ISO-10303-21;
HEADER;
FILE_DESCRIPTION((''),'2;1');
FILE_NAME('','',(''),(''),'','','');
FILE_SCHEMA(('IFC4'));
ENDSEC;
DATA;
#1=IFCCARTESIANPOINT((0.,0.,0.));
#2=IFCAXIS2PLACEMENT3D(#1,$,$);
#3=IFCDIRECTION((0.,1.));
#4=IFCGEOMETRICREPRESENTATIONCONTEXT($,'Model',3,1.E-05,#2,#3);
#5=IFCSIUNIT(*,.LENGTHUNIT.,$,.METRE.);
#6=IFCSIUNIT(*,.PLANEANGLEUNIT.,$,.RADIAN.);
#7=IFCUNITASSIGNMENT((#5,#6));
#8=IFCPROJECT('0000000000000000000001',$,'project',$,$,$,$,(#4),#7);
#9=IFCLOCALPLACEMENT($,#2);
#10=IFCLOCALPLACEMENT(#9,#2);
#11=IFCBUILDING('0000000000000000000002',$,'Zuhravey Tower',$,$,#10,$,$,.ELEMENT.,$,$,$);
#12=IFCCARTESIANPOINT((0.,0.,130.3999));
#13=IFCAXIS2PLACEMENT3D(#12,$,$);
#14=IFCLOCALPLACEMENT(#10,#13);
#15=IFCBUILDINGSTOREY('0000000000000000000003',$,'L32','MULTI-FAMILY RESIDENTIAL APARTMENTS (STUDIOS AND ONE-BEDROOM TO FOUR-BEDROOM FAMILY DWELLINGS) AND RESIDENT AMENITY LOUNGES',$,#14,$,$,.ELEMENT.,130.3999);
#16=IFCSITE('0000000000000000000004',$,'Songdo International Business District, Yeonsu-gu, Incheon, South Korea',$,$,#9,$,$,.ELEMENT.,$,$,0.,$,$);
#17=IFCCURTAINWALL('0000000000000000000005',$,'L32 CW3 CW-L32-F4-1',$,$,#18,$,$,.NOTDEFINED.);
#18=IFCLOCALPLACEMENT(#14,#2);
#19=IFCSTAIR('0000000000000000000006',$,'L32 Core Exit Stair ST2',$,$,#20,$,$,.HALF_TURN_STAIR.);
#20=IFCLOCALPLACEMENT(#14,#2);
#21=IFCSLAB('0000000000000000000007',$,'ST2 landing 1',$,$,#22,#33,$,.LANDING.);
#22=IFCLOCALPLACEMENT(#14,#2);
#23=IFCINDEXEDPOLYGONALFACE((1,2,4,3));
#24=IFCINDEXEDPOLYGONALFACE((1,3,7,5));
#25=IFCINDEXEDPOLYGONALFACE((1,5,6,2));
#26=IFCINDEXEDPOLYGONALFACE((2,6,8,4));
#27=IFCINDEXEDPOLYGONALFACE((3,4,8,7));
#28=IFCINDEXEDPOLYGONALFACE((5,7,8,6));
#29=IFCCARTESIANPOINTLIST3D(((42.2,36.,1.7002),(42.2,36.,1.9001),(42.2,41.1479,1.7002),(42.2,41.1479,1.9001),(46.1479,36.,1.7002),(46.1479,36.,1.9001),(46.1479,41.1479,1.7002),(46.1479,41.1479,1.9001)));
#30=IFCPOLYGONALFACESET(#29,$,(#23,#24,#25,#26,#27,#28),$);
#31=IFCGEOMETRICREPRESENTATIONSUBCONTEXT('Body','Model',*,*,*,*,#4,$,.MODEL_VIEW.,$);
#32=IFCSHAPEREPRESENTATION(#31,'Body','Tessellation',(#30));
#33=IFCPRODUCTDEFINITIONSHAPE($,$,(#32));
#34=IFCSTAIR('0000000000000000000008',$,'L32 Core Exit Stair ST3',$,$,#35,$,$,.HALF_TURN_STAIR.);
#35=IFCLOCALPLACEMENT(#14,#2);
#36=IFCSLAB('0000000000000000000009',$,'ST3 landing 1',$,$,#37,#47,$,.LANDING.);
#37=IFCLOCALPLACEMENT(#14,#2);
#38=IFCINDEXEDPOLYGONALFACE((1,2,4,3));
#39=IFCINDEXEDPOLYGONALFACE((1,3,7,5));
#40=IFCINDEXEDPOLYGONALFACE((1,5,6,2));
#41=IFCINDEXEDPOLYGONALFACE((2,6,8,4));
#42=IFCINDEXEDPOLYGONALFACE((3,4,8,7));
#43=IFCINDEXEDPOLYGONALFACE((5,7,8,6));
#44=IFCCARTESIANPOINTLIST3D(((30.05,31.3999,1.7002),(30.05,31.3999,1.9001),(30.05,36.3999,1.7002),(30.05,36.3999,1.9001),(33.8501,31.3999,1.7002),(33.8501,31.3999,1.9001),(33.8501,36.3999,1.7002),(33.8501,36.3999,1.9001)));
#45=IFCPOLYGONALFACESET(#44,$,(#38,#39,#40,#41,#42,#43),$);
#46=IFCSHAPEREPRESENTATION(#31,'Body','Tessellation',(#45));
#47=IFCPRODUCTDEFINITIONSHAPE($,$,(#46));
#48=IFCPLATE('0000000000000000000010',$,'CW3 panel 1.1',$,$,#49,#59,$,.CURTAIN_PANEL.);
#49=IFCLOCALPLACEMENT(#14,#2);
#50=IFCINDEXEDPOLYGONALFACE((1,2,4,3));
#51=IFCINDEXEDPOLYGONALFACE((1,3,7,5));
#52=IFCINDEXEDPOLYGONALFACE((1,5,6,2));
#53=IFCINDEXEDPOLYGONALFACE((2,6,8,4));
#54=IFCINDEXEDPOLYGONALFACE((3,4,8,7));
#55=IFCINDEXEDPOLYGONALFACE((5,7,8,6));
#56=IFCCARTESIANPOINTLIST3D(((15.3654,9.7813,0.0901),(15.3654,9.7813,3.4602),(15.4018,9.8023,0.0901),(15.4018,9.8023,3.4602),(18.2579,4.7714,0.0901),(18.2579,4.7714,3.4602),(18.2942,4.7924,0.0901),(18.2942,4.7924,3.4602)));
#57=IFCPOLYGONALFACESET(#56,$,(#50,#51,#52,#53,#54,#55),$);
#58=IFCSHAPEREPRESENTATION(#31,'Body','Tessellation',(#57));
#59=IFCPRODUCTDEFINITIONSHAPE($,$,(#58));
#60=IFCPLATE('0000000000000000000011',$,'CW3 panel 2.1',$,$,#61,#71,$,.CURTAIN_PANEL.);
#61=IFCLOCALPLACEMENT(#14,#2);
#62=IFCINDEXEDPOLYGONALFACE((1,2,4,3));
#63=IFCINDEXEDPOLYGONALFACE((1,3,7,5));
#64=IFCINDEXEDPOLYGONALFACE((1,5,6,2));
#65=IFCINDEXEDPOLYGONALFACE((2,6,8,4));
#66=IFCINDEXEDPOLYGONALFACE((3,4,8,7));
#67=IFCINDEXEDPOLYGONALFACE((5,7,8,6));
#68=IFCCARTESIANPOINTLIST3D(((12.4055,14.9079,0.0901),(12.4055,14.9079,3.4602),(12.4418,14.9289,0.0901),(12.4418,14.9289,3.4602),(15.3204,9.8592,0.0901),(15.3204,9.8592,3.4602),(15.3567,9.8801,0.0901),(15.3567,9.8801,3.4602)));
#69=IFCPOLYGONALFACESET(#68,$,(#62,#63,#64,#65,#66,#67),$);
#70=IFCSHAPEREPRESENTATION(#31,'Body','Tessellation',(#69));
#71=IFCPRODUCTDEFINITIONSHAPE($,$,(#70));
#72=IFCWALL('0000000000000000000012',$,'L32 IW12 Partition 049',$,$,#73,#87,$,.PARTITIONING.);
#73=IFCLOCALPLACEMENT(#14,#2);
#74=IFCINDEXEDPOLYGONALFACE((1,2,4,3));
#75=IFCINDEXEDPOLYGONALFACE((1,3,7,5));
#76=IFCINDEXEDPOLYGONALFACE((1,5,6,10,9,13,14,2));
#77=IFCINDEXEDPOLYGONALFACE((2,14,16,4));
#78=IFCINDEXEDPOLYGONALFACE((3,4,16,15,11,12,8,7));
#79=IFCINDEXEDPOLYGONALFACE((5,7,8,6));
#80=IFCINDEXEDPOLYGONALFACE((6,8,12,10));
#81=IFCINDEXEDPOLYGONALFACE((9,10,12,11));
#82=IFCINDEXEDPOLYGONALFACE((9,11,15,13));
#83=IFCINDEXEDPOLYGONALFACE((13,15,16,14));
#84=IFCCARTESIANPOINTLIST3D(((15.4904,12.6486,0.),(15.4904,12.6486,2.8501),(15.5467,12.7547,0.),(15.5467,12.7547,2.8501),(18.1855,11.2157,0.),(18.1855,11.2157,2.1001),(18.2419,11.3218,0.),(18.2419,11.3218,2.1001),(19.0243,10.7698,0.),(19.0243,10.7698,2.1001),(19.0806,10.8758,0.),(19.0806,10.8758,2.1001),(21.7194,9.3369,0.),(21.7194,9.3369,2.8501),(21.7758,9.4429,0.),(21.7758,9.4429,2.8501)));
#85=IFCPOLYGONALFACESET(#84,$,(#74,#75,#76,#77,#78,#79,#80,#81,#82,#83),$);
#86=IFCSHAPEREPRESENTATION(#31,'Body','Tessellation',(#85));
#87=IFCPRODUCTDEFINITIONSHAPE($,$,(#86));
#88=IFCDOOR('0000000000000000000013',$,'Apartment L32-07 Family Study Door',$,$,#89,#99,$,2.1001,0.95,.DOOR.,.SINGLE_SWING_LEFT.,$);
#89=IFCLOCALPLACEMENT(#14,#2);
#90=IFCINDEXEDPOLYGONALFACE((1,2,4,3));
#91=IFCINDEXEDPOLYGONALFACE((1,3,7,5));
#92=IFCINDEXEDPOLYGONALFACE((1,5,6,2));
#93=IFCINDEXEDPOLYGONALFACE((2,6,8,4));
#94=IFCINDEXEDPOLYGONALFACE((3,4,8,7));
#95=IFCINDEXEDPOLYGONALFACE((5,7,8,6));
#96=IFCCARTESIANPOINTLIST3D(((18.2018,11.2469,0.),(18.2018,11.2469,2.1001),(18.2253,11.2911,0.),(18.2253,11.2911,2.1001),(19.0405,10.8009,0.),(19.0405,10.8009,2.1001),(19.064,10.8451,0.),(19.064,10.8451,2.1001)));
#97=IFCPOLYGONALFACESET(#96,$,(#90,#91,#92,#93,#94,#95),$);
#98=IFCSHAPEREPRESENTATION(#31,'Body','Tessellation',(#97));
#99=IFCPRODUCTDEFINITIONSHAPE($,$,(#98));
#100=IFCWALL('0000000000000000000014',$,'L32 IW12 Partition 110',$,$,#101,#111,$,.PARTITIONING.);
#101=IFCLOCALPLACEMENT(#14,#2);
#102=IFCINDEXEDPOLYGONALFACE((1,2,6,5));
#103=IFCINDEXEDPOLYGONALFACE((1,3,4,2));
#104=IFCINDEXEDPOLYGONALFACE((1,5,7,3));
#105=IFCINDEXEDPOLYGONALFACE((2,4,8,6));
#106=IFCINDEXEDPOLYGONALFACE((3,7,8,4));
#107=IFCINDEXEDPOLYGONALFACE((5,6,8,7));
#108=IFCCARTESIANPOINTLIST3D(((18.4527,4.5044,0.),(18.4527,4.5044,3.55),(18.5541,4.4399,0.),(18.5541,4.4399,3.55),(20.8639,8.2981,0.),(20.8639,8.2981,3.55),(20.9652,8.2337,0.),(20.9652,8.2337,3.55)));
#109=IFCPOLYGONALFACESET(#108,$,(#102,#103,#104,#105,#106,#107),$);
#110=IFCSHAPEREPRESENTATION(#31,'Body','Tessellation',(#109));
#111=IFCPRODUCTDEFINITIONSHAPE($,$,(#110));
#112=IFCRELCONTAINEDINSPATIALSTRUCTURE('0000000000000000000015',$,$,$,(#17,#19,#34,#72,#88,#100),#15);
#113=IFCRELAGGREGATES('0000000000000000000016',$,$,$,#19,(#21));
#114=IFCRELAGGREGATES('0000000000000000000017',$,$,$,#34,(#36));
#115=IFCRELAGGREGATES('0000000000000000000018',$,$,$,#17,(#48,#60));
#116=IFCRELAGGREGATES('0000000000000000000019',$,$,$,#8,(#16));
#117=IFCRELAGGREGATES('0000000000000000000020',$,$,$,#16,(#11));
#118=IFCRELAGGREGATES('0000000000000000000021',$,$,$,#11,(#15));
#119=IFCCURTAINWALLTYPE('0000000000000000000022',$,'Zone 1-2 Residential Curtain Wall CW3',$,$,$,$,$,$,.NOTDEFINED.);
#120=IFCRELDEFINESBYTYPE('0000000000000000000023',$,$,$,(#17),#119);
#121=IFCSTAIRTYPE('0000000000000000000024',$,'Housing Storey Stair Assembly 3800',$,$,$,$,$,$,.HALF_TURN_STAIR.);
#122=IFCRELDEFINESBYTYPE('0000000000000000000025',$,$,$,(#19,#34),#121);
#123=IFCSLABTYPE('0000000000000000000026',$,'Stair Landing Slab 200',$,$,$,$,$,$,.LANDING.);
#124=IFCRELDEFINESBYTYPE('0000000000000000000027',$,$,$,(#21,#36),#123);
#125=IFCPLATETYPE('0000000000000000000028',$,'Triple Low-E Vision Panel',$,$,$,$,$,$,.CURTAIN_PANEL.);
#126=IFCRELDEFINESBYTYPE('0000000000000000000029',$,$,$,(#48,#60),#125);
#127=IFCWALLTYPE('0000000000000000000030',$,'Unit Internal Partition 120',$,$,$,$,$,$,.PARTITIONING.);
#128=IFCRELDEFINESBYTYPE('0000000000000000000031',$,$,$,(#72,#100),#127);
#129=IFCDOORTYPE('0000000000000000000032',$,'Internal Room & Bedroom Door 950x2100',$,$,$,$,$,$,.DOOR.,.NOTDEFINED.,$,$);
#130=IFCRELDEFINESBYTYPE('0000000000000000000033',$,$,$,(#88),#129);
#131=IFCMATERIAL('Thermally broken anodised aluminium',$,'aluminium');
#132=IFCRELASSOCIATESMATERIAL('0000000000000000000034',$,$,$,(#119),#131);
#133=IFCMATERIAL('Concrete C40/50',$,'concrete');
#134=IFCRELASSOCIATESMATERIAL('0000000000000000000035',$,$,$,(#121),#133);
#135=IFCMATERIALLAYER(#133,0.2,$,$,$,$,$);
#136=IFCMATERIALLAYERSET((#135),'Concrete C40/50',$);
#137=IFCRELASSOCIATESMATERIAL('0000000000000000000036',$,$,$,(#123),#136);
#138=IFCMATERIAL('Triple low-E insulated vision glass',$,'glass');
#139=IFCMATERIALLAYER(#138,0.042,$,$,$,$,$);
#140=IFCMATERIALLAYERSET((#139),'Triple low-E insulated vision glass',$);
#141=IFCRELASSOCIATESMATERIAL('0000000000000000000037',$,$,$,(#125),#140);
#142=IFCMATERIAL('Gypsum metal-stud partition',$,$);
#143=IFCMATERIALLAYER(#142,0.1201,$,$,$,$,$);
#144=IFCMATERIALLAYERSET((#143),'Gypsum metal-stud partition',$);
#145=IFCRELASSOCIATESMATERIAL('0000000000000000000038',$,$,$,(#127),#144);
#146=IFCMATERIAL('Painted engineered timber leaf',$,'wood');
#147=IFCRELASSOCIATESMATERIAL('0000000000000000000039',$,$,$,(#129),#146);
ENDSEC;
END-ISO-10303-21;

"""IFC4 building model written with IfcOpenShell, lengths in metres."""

from ifc_helpers import new_model, si_unit, direction, frame, frame_2d, origin, origin_2d, place, context, subcontext, project, spatial, polyline, rectangle, outline, extrude, material, layer, layer_set, type_object, element, fill, aggregate, save


model = new_model("IFC4")

# Units and contexts
model_context = context("Model", 3, precision=1e-05, world=origin(), true_north=direction((0.0, 1.0)))
body_context = subcontext(model_context, "Body", "Model", "MODEL_VIEW")
ifc_project = project(units=[si_unit("LENGTHUNIT", "METRE"), si_unit("PLANEANGLEUNIT", "RADIAN")], contexts=[model_context])

# Site, building, storey
site_placement = place(None, origin())
site = spatial("IfcSite", under=ifc_project, at=site_placement, Name="Songdo International Business District, Yeonsu-gu, Incheon, South Korea", CompositionType="ELEMENT", RefElevation=0.0)
building_placement = place(site_placement, origin())
building = spatial("IfcBuilding", under=site, at=building_placement, Name="Zuhravey Tower", CompositionType="ELEMENT")
storey_placement = place(building_placement, frame((0.0, 0.0, 130.3999)))
storey = spatial("IfcBuildingStorey", under=building, at=storey_placement, Name="L32", Description="MULTI-FAMILY RESIDENTIAL APARTMENTS (STUDIOS AND ONE-BEDROOM TO FOUR-BEDROOM FAMILY DWELLINGS) AND RESIDENT AMENITY LOUNGES", CompositionType="ELEMENT", Elevation=130.3999)

# Curtain wall
ifc_material_1 = material(Name="Thermally broken anodised aluminium", Category="aluminium")
curtain_wall_type = type_object("IfcCurtainWallType", Name="Zone 1-2 Residential Curtain Wall CW3", PredefinedType="NOTDEFINED", material=ifc_material_1)
curtain_wall_placement = place(storey_placement, origin())
curtain_wall = element("IfcCurtainWall", 1, at=curtain_wall_placement, inside=storey, type_object=curtain_wall_type, Name="L32 CW3 CW-L32-F4-1", PredefinedType="NOTDEFINED")

# Shared definitions
ifc_material_2 = material(Name="Concrete C40/50", Category="concrete")

# Stairs, slabs
stair_type = type_object("IfcStairType", Name="Housing Storey Stair Assembly 3800", PredefinedType="HALF_TURN_STAIR", material=ifc_material_2)
ifc_layer_1 = layer(ifc_material_2, 0.2)
ifc_layer_set_1 = layer_set([ifc_layer_1], Name="Concrete C40/50")
slab_type_1 = type_object("IfcSlabType", Name="Stair Landing Slab 200", PredefinedType="LANDING", material=ifc_layer_set_1)
stair_1_placement = place(storey_placement, origin())
stair_1 = element("IfcStair", 2, at=stair_1_placement, inside=storey, type_object=stair_type, Name="L32 Core Exit Stair ST2", PredefinedType="HALF_TURN_STAIR")
slab_1_placement = place(storey_placement, frame((0.0, 0.0, 1.7002)))
slab_1 = element("IfcSlab", 3, at=slab_1_placement, type_object=slab_type_1, Name="ST2 landing 1", PredefinedType="LANDING", context=body_context, shape_type="SweptSolid", body=[
    extrude(outline(polyline([(46.1479, 36.0), (46.1479, 41.1479), (42.2, 41.1479), (42.2, 36.0), (46.1479, 36.0)])), origin(), (0.0, 0.0, 1.0), 0.2),
])
aggregate(stair_1, [slab_1])
stair_2_placement = place(storey_placement, origin())
stair_2 = element("IfcStair", 4, at=stair_2_placement, inside=storey, type_object=stair_type, Name="L32 Core Exit Stair ST3", PredefinedType="HALF_TURN_STAIR")
slab_2_placement = place(storey_placement, frame((0.0, 0.0, 1.7002)))
slab_2 = element("IfcSlab", 5, at=slab_2_placement, type_object=slab_type_1, Name="ST3 landing 1", PredefinedType="LANDING", context=body_context, shape_type="SweptSolid", body=[
    extrude(outline(polyline([(30.05, 36.3999), (30.05, 31.3999), (33.8501, 31.3999), (33.8501, 36.3999), (30.05, 36.3999)])), origin(), (0.0, 0.0, 1.0), 0.2),
])
aggregate(stair_2, [slab_2])

# Plates
ifc_material_3 = material(Name="Triple low-E insulated vision glass", Category="glass")
ifc_layer_2 = layer(ifc_material_3, 0.042)
ifc_layer_set_2 = layer_set([ifc_layer_2], Name="Triple low-E insulated vision glass")
plate_type_1 = type_object("IfcPlateType", Name="Triple Low-E Vision Panel", PredefinedType="CURTAIN_PANEL", material=ifc_layer_set_2)
plate_1_placement = place(storey_placement, frame((16.8298, 7.2869, 0.0901), z_axis=(0.0, 0.0, 1.0), x_axis=(-0.5, 0.866026, 0.0)))
plate_1 = element("IfcPlate", 6, at=plate_1_placement, type_object=plate_type_1, Name="CW3 panel 1.1", PredefinedType="CURTAIN_PANEL", context=body_context, shape_type="SweptSolid", body=[
    extrude(rectangle(XDim=5.7849, YDim=0.042, at=origin_2d()), origin(), (0.0, 0.0, 1.0), 3.3701),
])
plate_2_placement = place(storey_placement, frame((13.8811, 12.394, 0.0901), z_axis=(0.0, 0.0, 1.0), x_axis=(-0.5, 0.866026, 0.0)))
plate_2 = element("IfcPlate", 7, at=plate_2_placement, type_object=plate_type_1, Name="CW3 panel 2.1", PredefinedType="CURTAIN_PANEL", context=body_context, shape_type="SweptSolid", body=[
    extrude(rectangle(XDim=5.8298, YDim=0.042, at=origin_2d()), origin(), (0.0, 0.0, 1.0), 3.3701),
])
aggregate(curtain_wall, [plate_1, plate_2])

# Wall, opening, door
ifc_material_4 = material(Name="Gypsum metal-stud partition")
ifc_layer_3 = layer(ifc_material_4, 0.1201)
ifc_layer_set_3 = layer_set([ifc_layer_3], Name="Gypsum metal-stud partition")
wall_type = type_object("IfcWallType", Name="Unit Internal Partition 120", PredefinedType="PARTITIONING", material=ifc_layer_set_3)
wall_1_placement = place(storey_placement, frame((15.5186, 12.7017, 0.0), z_axis=(0.0, 0.0, 1.0), x_axis=(0.882962, -0.469444, 0.0)))
wall_1 = element("IfcWall", 8, at=wall_1_placement, inside=storey, type_object=wall_type, Name="L32 IW12 Partition 049", PredefinedType="PARTITIONING", context=body_context, shape_type="SweptSolid", body=[
    extrude(rectangle(XDim=7.0547, YDim=0.1201, at=frame_2d((3.5273, 0.0))), origin(), (0.0, 0.0, 1.0), 2.8501),
])
opening_placement = place(wall_1_placement, frame((3.0522, 0.0, 0.0)))
opening = element("IfcOpeningElement", 9, at=opening_placement, cuts=wall_1, PredefinedType="OPENING", context=body_context, shape_type="SweptSolid", body=[
    extrude(rectangle(XDim=0.95, YDim=2.1001, at=frame_2d((0.4751, 1.05))), frame((0.0, 0.072, 0.0), z_axis=(0.0, -1.0, 0.0), x_axis=(1.0, 0.0, 0.0)), (0.0, 0.0, 1.0), 0.144),
])
ifc_material_5 = material(Name="Painted engineered timber leaf", Category="wood")
door_type = type_object("IfcDoorType", Name="Internal Room & Bedroom Door 950x2100", OperationType="NOTDEFINED", PredefinedType="DOOR", material=ifc_material_5)
door_placement = place(opening_placement, frame((0.95, 0.0, 0.0), z_axis=(0.0, 0.0, 1.0), x_axis=(-1.0, 0.0, 0.0)))
door = element("IfcDoor", 10, at=door_placement, inside=storey, type_object=door_type, Name="Apartment L32-07 Family Study Door", OperationType="SINGLE_SWING_LEFT", OverallHeight=2.1001, OverallWidth=0.95, PredefinedType="DOOR", context=body_context, shape_type="SweptSolid", body=[
    extrude(rectangle(XDim=0.95, YDim=2.1001, at=frame_2d((0.4751, 1.05))), frame((0.0, 0.0249, 0.0), z_axis=(0.0, -1.0, 0.0), x_axis=(1.0, 0.0, 0.0)), (0.0, 0.0, 1.0), 0.05),
])
fill(opening, door)

# Wall
wall_2_placement = place(storey_placement, frame((20.9146, 8.2659, 0.0), z_axis=(0.0, 0.0, 1.0), x_axis=(-0.536394, -0.843968, 0.0)))
element("IfcWall", 11, at=wall_2_placement, inside=storey, type_object=wall_type, Name="L32 IW12 Partition 110", PredefinedType="PARTITIONING", context=body_context, shape_type="SweptSolid", body=[
    extrude(rectangle(XDim=4.4951, YDim=0.1201, at=frame_2d((2.2476, 0.0))), origin(), (0.0, 0.0, 1.0), 3.55),
])

save(model, "model.ifc")
